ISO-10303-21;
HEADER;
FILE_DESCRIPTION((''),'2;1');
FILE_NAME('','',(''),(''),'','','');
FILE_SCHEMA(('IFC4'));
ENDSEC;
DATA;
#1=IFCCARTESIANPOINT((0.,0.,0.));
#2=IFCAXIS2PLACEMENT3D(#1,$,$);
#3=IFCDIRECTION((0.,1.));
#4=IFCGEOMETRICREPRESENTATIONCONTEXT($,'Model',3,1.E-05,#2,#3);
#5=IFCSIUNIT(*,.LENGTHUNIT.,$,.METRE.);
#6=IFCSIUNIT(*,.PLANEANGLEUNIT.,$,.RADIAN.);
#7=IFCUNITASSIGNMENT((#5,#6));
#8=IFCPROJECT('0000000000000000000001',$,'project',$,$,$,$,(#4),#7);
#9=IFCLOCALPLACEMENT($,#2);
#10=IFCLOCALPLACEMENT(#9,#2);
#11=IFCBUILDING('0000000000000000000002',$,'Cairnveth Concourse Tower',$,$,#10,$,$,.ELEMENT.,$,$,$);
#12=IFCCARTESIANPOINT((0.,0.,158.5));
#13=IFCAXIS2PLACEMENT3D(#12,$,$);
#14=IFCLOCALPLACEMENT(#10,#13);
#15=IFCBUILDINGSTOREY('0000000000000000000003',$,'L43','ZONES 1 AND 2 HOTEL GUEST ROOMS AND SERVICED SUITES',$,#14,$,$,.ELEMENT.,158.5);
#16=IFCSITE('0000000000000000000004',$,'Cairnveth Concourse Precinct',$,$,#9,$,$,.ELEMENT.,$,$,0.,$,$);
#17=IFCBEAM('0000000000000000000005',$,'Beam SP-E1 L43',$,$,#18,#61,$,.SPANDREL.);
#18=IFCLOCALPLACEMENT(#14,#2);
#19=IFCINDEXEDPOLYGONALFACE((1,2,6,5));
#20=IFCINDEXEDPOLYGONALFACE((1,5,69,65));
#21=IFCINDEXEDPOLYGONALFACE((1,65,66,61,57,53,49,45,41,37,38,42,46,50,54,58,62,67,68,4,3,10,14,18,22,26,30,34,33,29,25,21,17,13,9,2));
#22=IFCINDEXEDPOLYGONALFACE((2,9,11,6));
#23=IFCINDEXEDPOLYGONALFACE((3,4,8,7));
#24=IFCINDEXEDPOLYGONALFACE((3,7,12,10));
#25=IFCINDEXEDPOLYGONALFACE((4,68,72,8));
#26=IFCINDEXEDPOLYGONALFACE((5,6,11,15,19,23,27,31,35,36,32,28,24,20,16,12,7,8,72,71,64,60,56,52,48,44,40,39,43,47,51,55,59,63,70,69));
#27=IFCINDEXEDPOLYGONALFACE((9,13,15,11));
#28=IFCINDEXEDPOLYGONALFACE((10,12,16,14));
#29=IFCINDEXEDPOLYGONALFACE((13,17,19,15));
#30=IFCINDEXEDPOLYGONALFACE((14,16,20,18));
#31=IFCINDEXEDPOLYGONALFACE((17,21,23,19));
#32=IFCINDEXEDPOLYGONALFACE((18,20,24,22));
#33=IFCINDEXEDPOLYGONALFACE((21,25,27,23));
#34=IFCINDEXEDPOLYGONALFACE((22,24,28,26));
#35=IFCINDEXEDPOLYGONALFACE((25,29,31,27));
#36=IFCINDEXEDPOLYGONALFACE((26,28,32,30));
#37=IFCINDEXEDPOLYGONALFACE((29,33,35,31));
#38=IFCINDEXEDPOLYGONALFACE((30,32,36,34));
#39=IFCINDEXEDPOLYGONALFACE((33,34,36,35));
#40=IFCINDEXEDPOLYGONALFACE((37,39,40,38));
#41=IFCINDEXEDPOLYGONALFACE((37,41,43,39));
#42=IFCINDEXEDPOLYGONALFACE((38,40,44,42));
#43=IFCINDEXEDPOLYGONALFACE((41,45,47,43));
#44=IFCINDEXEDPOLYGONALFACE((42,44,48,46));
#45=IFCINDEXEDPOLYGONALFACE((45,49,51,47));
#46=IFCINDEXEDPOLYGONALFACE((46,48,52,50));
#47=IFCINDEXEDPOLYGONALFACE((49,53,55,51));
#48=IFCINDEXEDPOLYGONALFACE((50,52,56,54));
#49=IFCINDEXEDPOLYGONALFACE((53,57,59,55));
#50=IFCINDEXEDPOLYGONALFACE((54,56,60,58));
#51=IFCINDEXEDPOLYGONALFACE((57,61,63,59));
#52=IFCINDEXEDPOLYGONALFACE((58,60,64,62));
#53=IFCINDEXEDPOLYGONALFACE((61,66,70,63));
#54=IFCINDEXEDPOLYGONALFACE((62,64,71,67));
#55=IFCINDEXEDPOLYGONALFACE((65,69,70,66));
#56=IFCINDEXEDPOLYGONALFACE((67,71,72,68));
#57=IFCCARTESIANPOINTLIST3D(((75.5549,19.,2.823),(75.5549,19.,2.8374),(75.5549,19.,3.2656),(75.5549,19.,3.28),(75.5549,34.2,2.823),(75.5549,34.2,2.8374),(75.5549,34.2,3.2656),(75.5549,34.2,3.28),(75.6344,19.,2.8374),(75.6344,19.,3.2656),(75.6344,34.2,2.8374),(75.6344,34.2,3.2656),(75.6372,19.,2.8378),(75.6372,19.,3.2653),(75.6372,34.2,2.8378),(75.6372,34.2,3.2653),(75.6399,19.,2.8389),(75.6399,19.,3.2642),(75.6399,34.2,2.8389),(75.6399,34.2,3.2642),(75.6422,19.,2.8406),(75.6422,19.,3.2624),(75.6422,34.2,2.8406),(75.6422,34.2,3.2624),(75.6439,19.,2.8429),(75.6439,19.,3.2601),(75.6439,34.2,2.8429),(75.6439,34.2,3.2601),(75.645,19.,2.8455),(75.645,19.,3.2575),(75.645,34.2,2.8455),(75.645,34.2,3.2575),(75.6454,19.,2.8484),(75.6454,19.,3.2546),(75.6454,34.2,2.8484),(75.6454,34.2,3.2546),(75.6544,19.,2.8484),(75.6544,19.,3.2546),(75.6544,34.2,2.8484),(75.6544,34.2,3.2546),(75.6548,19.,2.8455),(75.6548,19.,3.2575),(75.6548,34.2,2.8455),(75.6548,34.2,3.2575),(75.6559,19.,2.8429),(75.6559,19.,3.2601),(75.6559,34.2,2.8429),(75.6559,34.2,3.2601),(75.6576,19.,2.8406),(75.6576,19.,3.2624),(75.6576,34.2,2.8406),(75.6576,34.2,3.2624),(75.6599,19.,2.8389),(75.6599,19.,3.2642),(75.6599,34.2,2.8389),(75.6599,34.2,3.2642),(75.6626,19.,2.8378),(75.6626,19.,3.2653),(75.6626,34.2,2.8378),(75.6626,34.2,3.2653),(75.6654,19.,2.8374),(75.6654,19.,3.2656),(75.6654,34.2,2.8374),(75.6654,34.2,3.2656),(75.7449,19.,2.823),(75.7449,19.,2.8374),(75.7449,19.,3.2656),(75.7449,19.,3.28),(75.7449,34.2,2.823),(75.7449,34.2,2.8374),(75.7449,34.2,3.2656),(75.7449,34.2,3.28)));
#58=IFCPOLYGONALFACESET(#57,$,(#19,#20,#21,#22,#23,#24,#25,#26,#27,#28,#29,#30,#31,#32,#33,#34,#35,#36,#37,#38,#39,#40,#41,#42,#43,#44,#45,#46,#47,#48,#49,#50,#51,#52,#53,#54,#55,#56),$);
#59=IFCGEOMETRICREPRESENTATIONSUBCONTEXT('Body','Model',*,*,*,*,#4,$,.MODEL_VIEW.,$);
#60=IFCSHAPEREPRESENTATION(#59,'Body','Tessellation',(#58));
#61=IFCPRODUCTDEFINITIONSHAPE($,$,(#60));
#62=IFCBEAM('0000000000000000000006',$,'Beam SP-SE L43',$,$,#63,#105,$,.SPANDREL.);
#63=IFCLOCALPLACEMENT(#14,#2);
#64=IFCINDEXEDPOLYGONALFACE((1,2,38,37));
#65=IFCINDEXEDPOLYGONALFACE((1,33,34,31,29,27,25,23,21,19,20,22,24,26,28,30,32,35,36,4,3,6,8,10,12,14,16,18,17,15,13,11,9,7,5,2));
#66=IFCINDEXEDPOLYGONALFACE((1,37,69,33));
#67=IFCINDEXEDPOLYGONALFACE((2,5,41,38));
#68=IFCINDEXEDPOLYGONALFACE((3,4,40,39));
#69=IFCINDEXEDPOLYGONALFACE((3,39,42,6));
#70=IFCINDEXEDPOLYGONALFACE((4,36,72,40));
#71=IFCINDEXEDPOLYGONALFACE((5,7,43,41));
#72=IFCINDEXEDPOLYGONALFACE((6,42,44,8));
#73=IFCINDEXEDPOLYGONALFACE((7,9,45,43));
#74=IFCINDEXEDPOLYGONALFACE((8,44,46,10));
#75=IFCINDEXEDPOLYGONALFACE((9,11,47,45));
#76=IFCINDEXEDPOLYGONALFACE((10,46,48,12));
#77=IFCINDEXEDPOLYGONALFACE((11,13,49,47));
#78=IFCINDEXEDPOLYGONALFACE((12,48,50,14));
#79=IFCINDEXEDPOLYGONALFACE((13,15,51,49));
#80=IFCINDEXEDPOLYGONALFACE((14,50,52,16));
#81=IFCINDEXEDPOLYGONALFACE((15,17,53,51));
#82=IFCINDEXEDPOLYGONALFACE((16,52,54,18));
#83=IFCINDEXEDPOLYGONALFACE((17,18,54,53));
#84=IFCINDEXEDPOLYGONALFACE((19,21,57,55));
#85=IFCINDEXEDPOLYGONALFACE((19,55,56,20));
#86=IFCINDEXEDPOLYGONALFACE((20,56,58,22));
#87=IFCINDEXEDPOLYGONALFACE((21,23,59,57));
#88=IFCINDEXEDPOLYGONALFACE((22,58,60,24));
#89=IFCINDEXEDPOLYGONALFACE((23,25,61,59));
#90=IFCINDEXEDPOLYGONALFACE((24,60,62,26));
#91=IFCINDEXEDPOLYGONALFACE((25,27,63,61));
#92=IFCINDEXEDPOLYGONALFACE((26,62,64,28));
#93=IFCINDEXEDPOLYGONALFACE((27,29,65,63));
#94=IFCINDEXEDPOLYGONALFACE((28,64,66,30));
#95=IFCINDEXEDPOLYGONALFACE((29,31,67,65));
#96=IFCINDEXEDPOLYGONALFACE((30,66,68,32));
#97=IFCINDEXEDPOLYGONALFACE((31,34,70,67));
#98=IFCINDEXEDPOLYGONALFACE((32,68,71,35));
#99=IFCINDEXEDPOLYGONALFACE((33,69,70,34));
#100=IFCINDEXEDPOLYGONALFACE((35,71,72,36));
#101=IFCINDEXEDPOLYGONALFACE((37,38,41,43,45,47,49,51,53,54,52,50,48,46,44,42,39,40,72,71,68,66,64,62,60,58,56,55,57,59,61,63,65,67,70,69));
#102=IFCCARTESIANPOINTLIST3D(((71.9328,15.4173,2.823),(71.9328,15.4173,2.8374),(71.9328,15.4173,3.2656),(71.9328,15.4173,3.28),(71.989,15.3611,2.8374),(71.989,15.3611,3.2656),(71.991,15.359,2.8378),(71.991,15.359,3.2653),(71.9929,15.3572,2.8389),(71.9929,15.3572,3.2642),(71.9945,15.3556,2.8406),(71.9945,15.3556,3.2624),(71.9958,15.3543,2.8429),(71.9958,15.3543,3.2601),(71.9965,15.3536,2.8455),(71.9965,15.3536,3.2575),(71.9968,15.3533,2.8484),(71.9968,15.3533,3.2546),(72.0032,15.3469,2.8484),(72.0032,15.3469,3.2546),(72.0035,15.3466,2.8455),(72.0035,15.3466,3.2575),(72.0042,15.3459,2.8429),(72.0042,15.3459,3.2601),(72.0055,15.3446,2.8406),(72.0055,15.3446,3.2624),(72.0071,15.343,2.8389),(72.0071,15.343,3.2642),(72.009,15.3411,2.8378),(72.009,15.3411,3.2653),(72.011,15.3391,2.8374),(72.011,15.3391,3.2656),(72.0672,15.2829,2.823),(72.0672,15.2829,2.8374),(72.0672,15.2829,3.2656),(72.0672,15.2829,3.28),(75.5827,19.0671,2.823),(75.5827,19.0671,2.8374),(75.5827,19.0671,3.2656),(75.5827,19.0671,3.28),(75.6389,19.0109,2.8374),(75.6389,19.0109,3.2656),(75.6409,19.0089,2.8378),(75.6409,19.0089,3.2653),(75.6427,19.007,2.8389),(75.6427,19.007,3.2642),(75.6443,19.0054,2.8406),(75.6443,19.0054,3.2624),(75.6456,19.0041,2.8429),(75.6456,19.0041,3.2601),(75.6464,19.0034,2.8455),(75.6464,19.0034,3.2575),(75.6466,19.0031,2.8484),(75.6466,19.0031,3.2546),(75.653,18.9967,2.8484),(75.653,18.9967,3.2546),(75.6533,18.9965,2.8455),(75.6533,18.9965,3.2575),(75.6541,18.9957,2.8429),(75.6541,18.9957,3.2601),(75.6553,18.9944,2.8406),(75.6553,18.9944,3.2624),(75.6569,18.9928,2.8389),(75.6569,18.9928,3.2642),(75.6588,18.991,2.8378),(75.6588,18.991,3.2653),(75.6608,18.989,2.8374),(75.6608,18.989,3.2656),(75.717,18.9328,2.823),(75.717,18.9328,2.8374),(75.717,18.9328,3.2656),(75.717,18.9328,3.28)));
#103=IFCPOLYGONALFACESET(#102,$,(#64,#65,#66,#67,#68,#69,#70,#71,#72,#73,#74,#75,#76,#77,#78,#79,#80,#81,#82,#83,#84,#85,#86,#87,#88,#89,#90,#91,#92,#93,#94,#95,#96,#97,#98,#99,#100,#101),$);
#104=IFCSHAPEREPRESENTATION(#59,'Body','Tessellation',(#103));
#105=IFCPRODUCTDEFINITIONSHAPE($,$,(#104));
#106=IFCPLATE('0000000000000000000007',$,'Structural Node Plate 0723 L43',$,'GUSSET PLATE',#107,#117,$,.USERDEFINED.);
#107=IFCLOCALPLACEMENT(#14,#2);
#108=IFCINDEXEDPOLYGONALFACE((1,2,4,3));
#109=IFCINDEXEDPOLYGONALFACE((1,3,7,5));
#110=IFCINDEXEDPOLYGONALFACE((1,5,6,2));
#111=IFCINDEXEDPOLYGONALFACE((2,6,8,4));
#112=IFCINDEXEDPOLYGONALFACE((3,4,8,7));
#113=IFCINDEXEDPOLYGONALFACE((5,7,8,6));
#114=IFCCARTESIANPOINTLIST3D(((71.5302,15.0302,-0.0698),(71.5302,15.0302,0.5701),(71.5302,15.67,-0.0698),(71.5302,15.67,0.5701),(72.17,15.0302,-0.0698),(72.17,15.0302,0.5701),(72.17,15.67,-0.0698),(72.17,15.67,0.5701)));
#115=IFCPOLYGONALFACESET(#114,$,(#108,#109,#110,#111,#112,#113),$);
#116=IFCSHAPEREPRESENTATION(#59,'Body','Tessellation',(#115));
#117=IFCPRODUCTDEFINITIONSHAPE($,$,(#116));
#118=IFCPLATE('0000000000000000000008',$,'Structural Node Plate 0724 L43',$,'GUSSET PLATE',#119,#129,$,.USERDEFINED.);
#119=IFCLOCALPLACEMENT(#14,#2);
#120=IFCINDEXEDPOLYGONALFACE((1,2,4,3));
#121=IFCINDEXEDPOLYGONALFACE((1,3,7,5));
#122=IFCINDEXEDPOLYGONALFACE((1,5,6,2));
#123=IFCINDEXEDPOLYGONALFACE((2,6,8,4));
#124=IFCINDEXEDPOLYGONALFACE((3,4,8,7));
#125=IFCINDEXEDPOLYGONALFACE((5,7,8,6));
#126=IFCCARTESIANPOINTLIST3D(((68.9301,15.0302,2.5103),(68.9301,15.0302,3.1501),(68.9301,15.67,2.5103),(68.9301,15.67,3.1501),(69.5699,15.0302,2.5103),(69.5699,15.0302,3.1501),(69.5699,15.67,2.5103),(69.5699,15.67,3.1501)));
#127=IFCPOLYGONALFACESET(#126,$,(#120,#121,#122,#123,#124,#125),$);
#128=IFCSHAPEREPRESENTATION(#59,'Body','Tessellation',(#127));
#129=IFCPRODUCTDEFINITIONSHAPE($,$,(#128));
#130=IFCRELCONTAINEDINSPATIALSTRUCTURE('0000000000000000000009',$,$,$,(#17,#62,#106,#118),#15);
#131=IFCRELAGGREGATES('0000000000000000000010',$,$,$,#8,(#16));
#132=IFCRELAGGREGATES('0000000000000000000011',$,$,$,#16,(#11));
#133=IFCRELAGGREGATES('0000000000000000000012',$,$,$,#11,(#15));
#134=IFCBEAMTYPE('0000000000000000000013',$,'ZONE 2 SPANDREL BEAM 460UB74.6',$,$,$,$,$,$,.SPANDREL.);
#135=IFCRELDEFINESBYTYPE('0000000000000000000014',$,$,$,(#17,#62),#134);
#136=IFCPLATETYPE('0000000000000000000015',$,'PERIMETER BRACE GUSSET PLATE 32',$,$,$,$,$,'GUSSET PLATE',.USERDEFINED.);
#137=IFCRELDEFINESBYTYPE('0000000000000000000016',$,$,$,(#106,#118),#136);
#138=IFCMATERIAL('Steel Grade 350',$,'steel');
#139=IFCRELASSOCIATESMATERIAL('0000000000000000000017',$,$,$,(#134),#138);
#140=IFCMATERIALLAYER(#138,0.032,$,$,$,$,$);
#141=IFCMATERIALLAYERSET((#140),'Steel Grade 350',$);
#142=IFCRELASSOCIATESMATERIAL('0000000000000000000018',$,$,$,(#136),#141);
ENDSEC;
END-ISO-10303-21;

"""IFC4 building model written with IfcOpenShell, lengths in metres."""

from ifc_helpers import new_model, si_unit, direction, frame, origin, origin_2d, place, context, subcontext, project, spatial, rectangle, i_section, extrude, material, layer, layer_set, material_profile, profile_set, type_object, element, save


model = new_model("IFC4")

# Units and contexts
model_context = context("Model", 3, precision=1e-05, world=origin(), true_north=direction((0.0, 1.0)))
body_context = subcontext(model_context, "Body", "Model", "MODEL_VIEW")
ifc_project = project(units=[si_unit("LENGTHUNIT", "METRE"), si_unit("PLANEANGLEUNIT", "RADIAN")], contexts=[model_context])

# Site, building, storey
site_placement = place(None, origin())
site = spatial("IfcSite", under=ifc_project, at=site_placement, Name="Cairnveth Concourse Precinct", CompositionType="ELEMENT", RefElevation=0.0)
building_placement = place(site_placement, origin())
building = spatial("IfcBuilding", under=site, at=building_placement, Name="Cairnveth Concourse Tower", CompositionType="ELEMENT")
storey_placement = place(building_placement, frame((0.0, 0.0, 158.5)))
storey = spatial("IfcBuildingStorey", under=building, at=storey_placement, Name="L43", Description="ZONES 1 AND 2 HOTEL GUEST ROOMS AND SERVICED SUITES", CompositionType="ELEMENT", Elevation=158.5)

# Shared definitions
ifc_material_1 = material(Name="Steel Grade 350", Category="steel")

# Beams
ifc_material_profile_1 = material_profile(ifc_material_1, i_section(OverallWidth=0.1899, OverallDepth=0.457, WebThickness=0.009, FlangeThickness=0.0144, FilletRadius=0.011, at=origin_2d()), Name="460UB74.6")
ifc_profile_set_1 = profile_set([ifc_material_profile_1], Name="Steel Grade 350")
beam_type_1 = type_object("IfcBeamType", Name="ZONE 2 SPANDREL BEAM 460UB74.6", PredefinedType="SPANDREL", material=ifc_profile_set_1)
beam_1_placement = place(storey_placement, frame((75.6499, 19.0, 3.0515), z_axis=(0.0, 1.0, 0.0), x_axis=(-1.0, 0.0, 0.0)))
element("IfcBeam", 1, at=beam_1_placement, inside=storey, type_object=beam_type_1, Name="Beam SP-E1 L43", PredefinedType="SPANDREL", context=body_context, shape_type="SweptSolid", body=[
    extrude(i_section(OverallWidth=0.1899, OverallDepth=0.457, WebThickness=0.009, FlangeThickness=0.0144, FilletRadius=0.011, at=origin_2d()), origin(), (0.0, 0.0, 1.0), 15.2),
])
beam_2_placement = place(storey_placement, frame((72.0, 15.3501, 3.0515), z_axis=(0.707107, 0.707107, 0.0), x_axis=(-0.707107, 0.707107, 0.0)))
element("IfcBeam", 2, at=beam_2_placement, inside=storey, type_object=beam_type_1, Name="Beam SP-SE L43", PredefinedType="SPANDREL", context=body_context, shape_type="SweptSolid", body=[
    extrude(i_section(OverallWidth=0.1899, OverallDepth=0.457, WebThickness=0.009, FlangeThickness=0.0144, FilletRadius=0.011, at=origin_2d()), origin(), (0.0, 0.0, 1.0), 5.1616),
])

# Plates
ifc_layer_1 = layer(ifc_material_1, 0.032)
ifc_layer_set_1 = layer_set([ifc_layer_1], Name="Steel Grade 350")
plate_type = type_object("IfcPlateType", Name="PERIMETER BRACE GUSSET PLATE 32", ElementType="GUSSET PLATE", PredefinedType="USERDEFINED", material=ifc_layer_set_1)
for number, where, z_axis, x_axis, name in (
    (3, (71.8501, 15.3501, -0.0698), (0.0, 0.0, 1.0), (1.0, 0.0, 0.0), "Structural Node Plate 0723 L43"),
    (4, (69.25, 15.3501, 2.5103), (0.0, 0.0, 1.0), (1.0, 0.0, 0.0), "Structural Node Plate 0724 L43"),
):
    element("IfcPlate", number, at=place(storey_placement, frame(where, z_axis=z_axis, x_axis=x_axis)), inside=storey, type_object=plate_type, Name=name, ObjectType="GUSSET PLATE", PredefinedType="USERDEFINED", context=body_context, shape_type="SweptSolid", body=[
        extrude(rectangle(XDim=0.6399, YDim=0.6399, at=origin_2d()), origin(), (0.0, 0.0, 1.0), 0.6399),
    ])

save(model, "model.ifc")
